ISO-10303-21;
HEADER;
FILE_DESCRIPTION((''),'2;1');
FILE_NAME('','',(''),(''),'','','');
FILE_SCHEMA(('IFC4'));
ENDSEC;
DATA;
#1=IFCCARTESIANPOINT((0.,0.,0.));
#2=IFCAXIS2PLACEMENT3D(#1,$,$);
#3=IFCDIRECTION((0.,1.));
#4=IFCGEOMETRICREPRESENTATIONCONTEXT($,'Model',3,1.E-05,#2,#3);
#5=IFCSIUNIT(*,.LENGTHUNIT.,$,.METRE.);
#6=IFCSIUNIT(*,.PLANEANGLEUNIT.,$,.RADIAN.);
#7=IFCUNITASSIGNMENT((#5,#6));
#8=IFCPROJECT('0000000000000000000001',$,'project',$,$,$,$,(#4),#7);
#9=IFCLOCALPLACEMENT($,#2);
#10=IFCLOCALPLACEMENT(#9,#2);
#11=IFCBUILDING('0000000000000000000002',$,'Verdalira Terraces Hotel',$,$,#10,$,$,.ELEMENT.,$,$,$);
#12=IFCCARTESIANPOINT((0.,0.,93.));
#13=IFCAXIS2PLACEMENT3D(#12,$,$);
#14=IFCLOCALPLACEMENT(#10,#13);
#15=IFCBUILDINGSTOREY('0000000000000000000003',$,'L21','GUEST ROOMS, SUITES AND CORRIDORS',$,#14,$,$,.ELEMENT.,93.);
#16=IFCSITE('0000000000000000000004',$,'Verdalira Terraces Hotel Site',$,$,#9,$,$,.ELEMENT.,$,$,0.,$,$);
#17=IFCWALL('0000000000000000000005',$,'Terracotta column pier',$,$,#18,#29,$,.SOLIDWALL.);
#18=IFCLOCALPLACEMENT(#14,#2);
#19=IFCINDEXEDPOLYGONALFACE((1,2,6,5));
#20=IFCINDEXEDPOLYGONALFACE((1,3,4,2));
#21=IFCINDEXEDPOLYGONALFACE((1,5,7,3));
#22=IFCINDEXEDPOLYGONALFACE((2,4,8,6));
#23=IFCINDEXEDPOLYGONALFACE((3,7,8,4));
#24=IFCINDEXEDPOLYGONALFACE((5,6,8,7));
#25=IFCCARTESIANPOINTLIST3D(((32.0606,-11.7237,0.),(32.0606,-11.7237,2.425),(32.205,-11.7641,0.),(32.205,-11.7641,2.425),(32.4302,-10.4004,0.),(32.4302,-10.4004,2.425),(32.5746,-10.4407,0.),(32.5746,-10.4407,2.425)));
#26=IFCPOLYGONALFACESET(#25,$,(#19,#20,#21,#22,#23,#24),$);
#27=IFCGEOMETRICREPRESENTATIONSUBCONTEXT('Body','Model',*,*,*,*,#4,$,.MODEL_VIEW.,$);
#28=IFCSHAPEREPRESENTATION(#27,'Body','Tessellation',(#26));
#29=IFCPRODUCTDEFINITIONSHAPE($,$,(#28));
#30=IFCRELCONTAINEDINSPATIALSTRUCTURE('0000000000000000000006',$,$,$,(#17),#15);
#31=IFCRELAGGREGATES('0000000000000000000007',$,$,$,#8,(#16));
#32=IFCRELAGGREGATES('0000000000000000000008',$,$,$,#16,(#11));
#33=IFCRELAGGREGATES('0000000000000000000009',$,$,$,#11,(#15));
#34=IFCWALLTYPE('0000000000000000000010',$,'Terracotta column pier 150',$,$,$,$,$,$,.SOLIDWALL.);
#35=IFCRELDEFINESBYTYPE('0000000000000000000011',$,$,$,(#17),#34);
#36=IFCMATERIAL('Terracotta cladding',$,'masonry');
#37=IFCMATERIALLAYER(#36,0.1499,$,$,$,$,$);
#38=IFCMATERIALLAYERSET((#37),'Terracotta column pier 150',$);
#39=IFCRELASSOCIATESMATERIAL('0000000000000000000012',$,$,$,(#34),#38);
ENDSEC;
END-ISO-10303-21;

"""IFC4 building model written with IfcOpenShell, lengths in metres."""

from ifc_helpers import new_model, si_unit, direction, frame, frame_2d, origin, place, context, subcontext, project, spatial, rectangle, extrude, material, layer, layer_set, type_object, element, save


model = new_model("IFC4")

# Units and contexts
model_context = context("Model", 3, precision=1e-05, world=origin(), true_north=direction((0.0, 1.0)))
body_context = subcontext(model_context, "Body", "Model", "MODEL_VIEW")
ifc_project = project(units=[si_unit("LENGTHUNIT", "METRE"), si_unit("PLANEANGLEUNIT", "RADIAN")], contexts=[model_context])

# Site, building, storey
site_placement = place(None, origin())
site = spatial("IfcSite", under=ifc_project, at=site_placement, Name="Verdalira Terraces Hotel Site", CompositionType="ELEMENT", RefElevation=0.0)
building_placement = place(site_placement, origin())
building = spatial("IfcBuilding", under=site, at=building_placement, Name="Verdalira Terraces Hotel", CompositionType="ELEMENT")
storey_placement = place(building_placement, frame((0.0, 0.0, 93.0)))
storey = spatial("IfcBuildingStorey", under=building, at=storey_placement, Name="L21", Description="GUEST ROOMS, SUITES AND CORRIDORS", CompositionType="ELEMENT", Elevation=93.0)

# Wall
ifc_material_1 = material(Name="Terracotta cladding", Category="masonry")
ifc_layer_1 = layer(ifc_material_1, 0.1499)
ifc_layer_set_1 = layer_set([ifc_layer_1], Name="Terracotta column pier 150")
wall_type_1 = type_object("IfcWallType", Name="Terracotta column pier 150", PredefinedType="SOLIDWALL", material=ifc_layer_set_1)
wall_1_placement = place(storey_placement, frame((32.1328, -11.7439, 0.0), z_axis=(0.0, 0.0, 1.0), x_axis=(0.268991, 0.963143, 0.0)))
element("IfcWall", 1, at=wall_1_placement, inside=storey, type_object=wall_type_1, Name="Terracotta column pier", PredefinedType="SOLIDWALL", context=body_context, shape_type="SweptSolid", body=[
    extrude(rectangle(XDim=1.374, YDim=0.1499, at=frame_2d((0.687, 0.0))), origin(), (0.0, 0.0, 1.0), 2.425),
])

save(model, "model.ifc")
